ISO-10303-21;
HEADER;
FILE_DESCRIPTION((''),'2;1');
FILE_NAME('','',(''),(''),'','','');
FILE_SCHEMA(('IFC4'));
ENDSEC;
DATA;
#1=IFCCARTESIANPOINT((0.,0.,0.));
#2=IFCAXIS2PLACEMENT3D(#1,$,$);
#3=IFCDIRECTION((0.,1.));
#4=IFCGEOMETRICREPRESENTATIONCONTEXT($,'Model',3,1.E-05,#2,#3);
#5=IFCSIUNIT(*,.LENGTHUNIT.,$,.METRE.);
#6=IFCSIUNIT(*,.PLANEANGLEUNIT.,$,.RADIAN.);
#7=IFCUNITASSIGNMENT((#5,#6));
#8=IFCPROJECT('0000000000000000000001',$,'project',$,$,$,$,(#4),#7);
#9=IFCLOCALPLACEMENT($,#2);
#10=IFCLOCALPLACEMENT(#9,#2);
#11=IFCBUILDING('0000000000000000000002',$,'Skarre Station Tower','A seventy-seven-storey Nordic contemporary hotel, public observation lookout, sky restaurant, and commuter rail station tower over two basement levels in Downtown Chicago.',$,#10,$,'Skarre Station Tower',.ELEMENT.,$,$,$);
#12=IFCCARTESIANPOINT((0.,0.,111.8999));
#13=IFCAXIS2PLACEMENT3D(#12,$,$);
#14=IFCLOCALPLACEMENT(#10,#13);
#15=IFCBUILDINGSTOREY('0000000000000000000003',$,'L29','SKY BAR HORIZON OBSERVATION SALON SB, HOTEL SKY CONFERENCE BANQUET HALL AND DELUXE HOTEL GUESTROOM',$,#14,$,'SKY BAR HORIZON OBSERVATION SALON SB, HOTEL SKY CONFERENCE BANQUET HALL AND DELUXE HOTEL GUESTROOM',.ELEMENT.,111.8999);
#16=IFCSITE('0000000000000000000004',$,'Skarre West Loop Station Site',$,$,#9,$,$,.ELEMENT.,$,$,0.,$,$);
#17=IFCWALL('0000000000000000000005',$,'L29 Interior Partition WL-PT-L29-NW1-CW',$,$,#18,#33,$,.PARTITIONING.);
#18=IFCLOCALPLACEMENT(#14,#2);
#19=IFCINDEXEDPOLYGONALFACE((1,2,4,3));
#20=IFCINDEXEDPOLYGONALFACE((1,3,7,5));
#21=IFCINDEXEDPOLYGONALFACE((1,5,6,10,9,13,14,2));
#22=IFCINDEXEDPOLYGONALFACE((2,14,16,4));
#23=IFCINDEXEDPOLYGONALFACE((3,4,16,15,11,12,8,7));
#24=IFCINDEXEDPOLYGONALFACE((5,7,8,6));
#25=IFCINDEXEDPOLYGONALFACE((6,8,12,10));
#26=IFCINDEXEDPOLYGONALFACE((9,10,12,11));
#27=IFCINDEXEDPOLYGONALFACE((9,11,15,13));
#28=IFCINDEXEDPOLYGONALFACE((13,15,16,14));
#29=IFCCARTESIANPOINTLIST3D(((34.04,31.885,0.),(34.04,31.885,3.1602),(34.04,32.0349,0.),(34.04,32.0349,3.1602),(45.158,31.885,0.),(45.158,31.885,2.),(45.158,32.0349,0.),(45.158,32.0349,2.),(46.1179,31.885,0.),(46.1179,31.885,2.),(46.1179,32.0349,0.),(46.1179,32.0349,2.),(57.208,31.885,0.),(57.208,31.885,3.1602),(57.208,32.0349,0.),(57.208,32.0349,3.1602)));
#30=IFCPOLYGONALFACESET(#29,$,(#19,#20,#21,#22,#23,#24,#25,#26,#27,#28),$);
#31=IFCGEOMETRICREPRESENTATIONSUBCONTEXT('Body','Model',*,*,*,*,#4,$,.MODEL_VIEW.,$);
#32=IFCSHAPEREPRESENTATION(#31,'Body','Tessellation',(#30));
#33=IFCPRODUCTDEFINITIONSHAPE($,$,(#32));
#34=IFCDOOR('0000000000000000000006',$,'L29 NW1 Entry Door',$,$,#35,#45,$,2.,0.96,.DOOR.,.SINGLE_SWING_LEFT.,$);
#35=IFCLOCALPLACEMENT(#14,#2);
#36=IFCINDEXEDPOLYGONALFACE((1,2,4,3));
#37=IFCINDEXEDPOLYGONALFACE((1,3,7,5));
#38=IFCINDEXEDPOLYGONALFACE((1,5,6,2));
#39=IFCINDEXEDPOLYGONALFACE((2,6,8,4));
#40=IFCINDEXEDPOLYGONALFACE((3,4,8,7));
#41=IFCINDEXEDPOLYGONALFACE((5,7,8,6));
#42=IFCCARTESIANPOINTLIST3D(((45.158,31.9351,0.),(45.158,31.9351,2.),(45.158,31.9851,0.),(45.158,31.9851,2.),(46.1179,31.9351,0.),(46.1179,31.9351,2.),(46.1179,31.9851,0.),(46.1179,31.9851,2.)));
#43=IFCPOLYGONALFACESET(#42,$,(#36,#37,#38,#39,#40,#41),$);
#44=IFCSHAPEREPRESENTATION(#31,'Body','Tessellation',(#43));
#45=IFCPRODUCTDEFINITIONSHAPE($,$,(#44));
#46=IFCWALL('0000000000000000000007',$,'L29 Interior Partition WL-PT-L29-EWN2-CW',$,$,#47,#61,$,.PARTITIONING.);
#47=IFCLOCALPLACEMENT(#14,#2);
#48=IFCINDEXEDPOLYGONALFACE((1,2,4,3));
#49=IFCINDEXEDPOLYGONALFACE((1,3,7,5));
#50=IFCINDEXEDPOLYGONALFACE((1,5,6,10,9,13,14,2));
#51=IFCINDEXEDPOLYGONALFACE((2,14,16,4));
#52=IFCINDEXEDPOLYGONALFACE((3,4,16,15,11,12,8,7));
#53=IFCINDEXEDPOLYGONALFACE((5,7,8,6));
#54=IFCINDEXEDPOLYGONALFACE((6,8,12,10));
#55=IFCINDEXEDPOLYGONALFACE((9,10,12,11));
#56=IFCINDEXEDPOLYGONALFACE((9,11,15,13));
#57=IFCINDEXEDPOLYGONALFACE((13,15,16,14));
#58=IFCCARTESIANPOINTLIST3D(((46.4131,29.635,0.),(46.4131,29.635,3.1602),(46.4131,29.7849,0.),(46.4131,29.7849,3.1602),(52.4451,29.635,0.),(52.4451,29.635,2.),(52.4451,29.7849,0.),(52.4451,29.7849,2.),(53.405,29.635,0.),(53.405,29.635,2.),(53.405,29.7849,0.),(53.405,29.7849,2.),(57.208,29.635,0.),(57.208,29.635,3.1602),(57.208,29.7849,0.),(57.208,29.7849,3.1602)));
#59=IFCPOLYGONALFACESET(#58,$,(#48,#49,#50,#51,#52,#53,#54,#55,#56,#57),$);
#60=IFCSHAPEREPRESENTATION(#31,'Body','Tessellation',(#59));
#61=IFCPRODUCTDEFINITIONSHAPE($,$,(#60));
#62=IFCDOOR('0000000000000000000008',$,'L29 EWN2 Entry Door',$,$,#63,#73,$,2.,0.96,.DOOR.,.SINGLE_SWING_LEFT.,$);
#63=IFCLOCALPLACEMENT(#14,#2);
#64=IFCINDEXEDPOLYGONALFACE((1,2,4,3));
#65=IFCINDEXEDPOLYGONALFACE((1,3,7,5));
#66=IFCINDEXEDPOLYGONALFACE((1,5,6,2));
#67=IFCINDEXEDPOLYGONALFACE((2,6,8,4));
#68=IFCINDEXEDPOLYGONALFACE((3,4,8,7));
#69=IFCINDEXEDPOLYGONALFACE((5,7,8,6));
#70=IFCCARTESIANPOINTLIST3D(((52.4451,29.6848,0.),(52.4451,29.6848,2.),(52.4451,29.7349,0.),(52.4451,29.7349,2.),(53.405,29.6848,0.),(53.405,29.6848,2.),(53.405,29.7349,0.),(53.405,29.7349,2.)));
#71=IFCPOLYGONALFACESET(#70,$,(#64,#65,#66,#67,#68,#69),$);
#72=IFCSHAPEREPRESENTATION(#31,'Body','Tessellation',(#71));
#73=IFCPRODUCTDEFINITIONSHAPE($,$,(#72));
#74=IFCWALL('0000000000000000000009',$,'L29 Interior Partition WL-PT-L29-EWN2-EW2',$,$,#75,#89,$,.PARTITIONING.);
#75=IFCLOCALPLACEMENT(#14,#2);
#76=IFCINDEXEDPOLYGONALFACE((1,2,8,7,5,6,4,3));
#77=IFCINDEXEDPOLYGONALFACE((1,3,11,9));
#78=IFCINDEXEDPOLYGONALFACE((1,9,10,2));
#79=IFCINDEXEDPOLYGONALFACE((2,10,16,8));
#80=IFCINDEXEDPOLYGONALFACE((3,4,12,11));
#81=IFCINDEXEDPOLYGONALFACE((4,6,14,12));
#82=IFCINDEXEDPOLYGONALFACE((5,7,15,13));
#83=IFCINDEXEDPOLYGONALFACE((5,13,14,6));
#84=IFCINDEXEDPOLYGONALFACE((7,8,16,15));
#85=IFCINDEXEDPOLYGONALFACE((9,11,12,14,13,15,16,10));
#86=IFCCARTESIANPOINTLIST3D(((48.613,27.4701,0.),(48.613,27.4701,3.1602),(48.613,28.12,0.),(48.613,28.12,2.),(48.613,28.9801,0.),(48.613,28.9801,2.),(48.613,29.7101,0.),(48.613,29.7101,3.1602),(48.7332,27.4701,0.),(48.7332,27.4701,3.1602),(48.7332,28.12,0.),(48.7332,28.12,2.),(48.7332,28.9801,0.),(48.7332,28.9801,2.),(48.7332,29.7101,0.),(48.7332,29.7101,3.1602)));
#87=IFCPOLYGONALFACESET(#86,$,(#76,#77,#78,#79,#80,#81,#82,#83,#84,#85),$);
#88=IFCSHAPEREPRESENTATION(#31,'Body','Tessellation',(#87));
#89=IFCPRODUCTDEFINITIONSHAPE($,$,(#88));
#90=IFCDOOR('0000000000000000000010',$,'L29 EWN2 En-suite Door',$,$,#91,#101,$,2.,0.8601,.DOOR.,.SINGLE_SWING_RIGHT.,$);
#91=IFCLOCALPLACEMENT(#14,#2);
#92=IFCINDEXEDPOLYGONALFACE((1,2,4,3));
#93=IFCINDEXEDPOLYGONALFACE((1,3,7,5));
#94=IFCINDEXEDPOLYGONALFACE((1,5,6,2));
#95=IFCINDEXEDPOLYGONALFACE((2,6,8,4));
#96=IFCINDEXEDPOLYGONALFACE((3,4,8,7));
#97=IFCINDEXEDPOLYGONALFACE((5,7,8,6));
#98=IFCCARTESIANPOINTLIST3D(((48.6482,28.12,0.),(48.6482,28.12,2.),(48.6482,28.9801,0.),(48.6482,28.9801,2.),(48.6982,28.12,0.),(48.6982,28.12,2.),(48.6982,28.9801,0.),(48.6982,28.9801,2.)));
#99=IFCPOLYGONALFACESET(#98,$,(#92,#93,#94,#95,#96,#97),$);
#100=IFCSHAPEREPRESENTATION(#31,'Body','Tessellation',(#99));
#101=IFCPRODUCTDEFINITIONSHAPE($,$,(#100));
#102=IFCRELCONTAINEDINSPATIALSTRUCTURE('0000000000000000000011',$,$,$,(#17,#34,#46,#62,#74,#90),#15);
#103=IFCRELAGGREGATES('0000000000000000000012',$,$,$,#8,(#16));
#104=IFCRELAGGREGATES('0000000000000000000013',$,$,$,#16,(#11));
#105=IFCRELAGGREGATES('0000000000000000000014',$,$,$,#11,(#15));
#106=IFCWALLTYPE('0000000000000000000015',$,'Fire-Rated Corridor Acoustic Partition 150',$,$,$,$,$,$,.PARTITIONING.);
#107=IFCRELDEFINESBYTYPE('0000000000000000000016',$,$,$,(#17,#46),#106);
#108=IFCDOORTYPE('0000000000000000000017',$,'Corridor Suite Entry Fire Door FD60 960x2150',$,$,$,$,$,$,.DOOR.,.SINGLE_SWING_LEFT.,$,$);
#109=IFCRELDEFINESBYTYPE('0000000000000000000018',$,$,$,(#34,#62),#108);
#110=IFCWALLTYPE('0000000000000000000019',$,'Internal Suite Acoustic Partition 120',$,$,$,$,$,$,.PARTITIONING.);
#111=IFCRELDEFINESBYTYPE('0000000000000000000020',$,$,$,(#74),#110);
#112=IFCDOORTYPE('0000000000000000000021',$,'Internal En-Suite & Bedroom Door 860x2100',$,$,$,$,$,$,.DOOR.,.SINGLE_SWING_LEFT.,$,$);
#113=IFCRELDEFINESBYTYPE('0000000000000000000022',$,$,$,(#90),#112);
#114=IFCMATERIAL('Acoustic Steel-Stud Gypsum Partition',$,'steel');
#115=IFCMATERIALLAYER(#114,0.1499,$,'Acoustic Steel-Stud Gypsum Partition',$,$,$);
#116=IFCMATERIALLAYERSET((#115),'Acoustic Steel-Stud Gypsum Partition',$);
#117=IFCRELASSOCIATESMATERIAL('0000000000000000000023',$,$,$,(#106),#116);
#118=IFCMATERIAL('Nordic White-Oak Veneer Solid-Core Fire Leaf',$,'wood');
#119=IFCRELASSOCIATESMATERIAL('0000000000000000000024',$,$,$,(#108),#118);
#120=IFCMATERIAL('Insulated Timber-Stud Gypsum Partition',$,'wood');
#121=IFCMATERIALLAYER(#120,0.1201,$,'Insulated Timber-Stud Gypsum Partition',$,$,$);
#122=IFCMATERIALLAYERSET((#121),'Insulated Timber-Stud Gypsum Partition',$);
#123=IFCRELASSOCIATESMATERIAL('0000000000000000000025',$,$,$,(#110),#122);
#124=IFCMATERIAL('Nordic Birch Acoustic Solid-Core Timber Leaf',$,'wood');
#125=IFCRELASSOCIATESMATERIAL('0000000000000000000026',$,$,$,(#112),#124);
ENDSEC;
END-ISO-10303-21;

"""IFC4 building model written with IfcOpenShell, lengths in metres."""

from ifc_helpers import new_model, si_unit, direction, frame, frame_2d, origin, place, context, subcontext, project, spatial, rectangle, extrude, material, layer, layer_set, type_object, element, fill, save


model = new_model("IFC4")

# Units and contexts
model_context = context("Model", 3, precision=1e-05, world=origin(), true_north=direction((0.0, 1.0)))
body_context = subcontext(model_context, "Body", "Model", "MODEL_VIEW")
ifc_project = project(units=[si_unit("LENGTHUNIT", "METRE"), si_unit("PLANEANGLEUNIT", "RADIAN")], contexts=[model_context])

# Site, building, storey
site_placement = place(None, origin())
site = spatial("IfcSite", under=ifc_project, at=site_placement, Name="Skarre West Loop Station Site", CompositionType="ELEMENT", RefElevation=0.0)
building_placement = place(site_placement, origin())
building = spatial("IfcBuilding", under=site, at=building_placement, Name="Skarre Station Tower", Description="A seventy-seven-storey Nordic contemporary hotel, public observation lookout, sky restaurant, and commuter rail station tower over two basement levels in Downtown Chicago.", LongName="Skarre Station Tower", CompositionType="ELEMENT")
storey_placement = place(building_placement, frame((0.0, 0.0, 111.8999)))
storey = spatial("IfcBuildingStorey", under=building, at=storey_placement, Name="L29", Description="SKY BAR HORIZON OBSERVATION SALON SB, HOTEL SKY CONFERENCE BANQUET HALL AND DELUXE HOTEL GUESTROOM", LongName="SKY BAR HORIZON OBSERVATION SALON SB, HOTEL SKY CONFERENCE BANQUET HALL AND DELUXE HOTEL GUESTROOM", CompositionType="ELEMENT", Elevation=111.8999)

# Walls, openings, doors
ifc_material_1 = material(Name="Acoustic Steel-Stud Gypsum Partition", Category="steel")
ifc_layer_1 = layer(ifc_material_1, 0.1499, Name="Acoustic Steel-Stud Gypsum Partition")
ifc_layer_set_1 = layer_set([ifc_layer_1], Name="Acoustic Steel-Stud Gypsum Partition")
wall_type_1 = type_object("IfcWallType", Name="Fire-Rated Corridor Acoustic Partition 150", PredefinedType="PARTITIONING", material=ifc_layer_set_1)
wall_1_placement = place(storey_placement, frame((57.208, 31.96, 0.0), z_axis=(0.0, 0.0, 1.0), x_axis=(-1.0, 0.0, 0.0)))
wall_1 = element("IfcWall", 1, at=wall_1_placement, inside=storey, type_object=wall_type_1, Name="L29 Interior Partition WL-PT-L29-NW1-CW", PredefinedType="PARTITIONING", context=body_context, shape_type="SweptSolid", body=[
    extrude(rectangle(XDim=23.168, YDim=0.1499, at=frame_2d((11.584, 0.0))), origin(), (0.0, 0.0, 1.0), 3.1602),
])
opening_1_placement = place(wall_1_placement, frame((11.0901, 0.0, 0.0)))
opening_1 = element("IfcOpeningElement", 2, at=opening_1_placement, cuts=wall_1, PredefinedType="OPENING", context=body_context, shape_type="SweptSolid", body=[
    extrude(rectangle(XDim=0.96, YDim=2.0, at=frame_2d((0.48, 1.0))), frame((0.0, 0.085, 0.0), z_axis=(0.0, -1.0, 0.0), x_axis=(1.0, 0.0, 0.0)), (0.0, 0.0, 1.0), 0.1699),
])
ifc_material_2 = material(Name="Nordic White-Oak Veneer Solid-Core Fire Leaf", Category="wood")
door_type_1 = type_object("IfcDoorType", Name="Corridor Suite Entry Fire Door FD60 960x2150", OperationType="SINGLE_SWING_LEFT", PredefinedType="DOOR", material=ifc_material_2)
door_1_placement = place(opening_1_placement, origin())
door_1 = element("IfcDoor", 3, at=door_1_placement, inside=storey, type_object=door_type_1, Name="L29 NW1 Entry Door", OperationType="SINGLE_SWING_LEFT", OverallHeight=2.0, OverallWidth=0.96, PredefinedType="DOOR", context=body_context, shape_type="SweptSolid", body=[
    extrude(rectangle(XDim=0.96, YDim=2.0, at=frame_2d((0.48, 1.0))), frame((0.0, 0.0249, 0.0), z_axis=(0.0, -1.0, 0.0), x_axis=(1.0, 0.0, 0.0)), (0.0, 0.0, 1.0), 0.05),
])
fill(opening_1, door_1)
wall_2_placement = place(storey_placement, frame((46.4131, 29.71, 0.0), z_axis=(0.0, 0.0, 1.0), x_axis=(1.0, 0.0, 0.0)))
wall_2 = element("IfcWall", 4, at=wall_2_placement, inside=storey, type_object=wall_type_1, Name="L29 Interior Partition WL-PT-L29-EWN2-CW", PredefinedType="PARTITIONING", context=body_context, shape_type="SweptSolid", body=[
    extrude(rectangle(XDim=10.7949, YDim=0.1499, at=frame_2d((5.3975, 0.0))), origin(), (0.0, 0.0, 1.0), 3.1602),
])
opening_2_placement = place(wall_2_placement, frame((6.032, 0.0, 0.0)))
opening_2 = element("IfcOpeningElement", 5, at=opening_2_placement, cuts=wall_2, PredefinedType="OPENING", context=body_context, shape_type="SweptSolid", body=[
    extrude(rectangle(XDim=0.96, YDim=2.0, at=frame_2d((0.48, 1.0))), frame((0.0, 0.085, 0.0), z_axis=(0.0, -1.0, 0.0), x_axis=(1.0, 0.0, 0.0)), (0.0, 0.0, 1.0), 0.1699),
])
door_2_placement = place(opening_2_placement, origin())
door_2 = element("IfcDoor", 6, at=door_2_placement, inside=storey, type_object=door_type_1, Name="L29 EWN2 Entry Door", OperationType="SINGLE_SWING_LEFT", OverallHeight=2.0, OverallWidth=0.96, PredefinedType="DOOR", context=body_context, shape_type="SweptSolid", body=[
    extrude(rectangle(XDim=0.96, YDim=2.0, at=frame_2d((0.48, 1.0))), frame((0.0, 0.0249, 0.0), z_axis=(0.0, -1.0, 0.0), x_axis=(1.0, 0.0, 0.0)), (0.0, 0.0, 1.0), 0.05),
])
fill(opening_2, door_2)
ifc_material_3 = material(Name="Insulated Timber-Stud Gypsum Partition", Category="wood")
ifc_layer_2 = layer(ifc_material_3, 0.1201, Name="Insulated Timber-Stud Gypsum Partition")
ifc_layer_set_2 = layer_set([ifc_layer_2], Name="Insulated Timber-Stud Gypsum Partition")
wall_type_2 = type_object("IfcWallType", Name="Internal Suite Acoustic Partition 120", PredefinedType="PARTITIONING", material=ifc_layer_set_2)
wall_3_placement = place(storey_placement, frame((48.6731, 27.47, 0.0), z_axis=(0.0, 0.0, 1.0), x_axis=(0.0, 1.0, 0.0)))
wall_3 = element("IfcWall", 7, at=wall_3_placement, inside=storey, type_object=wall_type_2, Name="L29 Interior Partition WL-PT-L29-EWN2-EW2", PredefinedType="PARTITIONING", context=body_context, shape_type="SweptSolid", body=[
    extrude(rectangle(XDim=2.24, YDim=0.1201, at=frame_2d((1.1201, 0.0))), origin(), (0.0, 0.0, 1.0), 3.1602),
])
opening_3_placement = place(wall_3_placement, frame((0.6499, 0.0, 0.0)))
opening_3 = element("IfcOpeningElement", 8, at=opening_3_placement, cuts=wall_3, PredefinedType="OPENING", context=body_context, shape_type="SweptSolid", body=[
    extrude(rectangle(XDim=0.8601, YDim=2.0, at=frame_2d((0.4302, 1.0))), frame((0.0, 0.0701, 0.0), z_axis=(0.0, -1.0, 0.0), x_axis=(1.0, 0.0, 0.0)), (0.0, 0.0, 1.0), 0.1401),
])
ifc_material_4 = material(Name="Nordic Birch Acoustic Solid-Core Timber Leaf", Category="wood")
door_type_2 = type_object("IfcDoorType", Name="Internal En-Suite & Bedroom Door 860x2100", OperationType="SINGLE_SWING_LEFT", PredefinedType="DOOR", material=ifc_material_4)
door_3_placement = place(opening_3_placement, origin())
door_3 = element("IfcDoor", 9, at=door_3_placement, inside=storey, type_object=door_type_2, Name="L29 EWN2 En-suite Door", OperationType="SINGLE_SWING_RIGHT", OverallHeight=2.0, OverallWidth=0.8601, PredefinedType="DOOR", context=body_context, shape_type="SweptSolid", body=[
    extrude(rectangle(XDim=0.8601, YDim=2.0, at=frame_2d((0.4302, 1.0))), frame((0.0, 0.0249, 0.0), z_axis=(0.0, -1.0, 0.0), x_axis=(1.0, 0.0, 0.0)), (0.0, 0.0, 1.0), 0.05),
])
fill(opening_3, door_3)

save(model, "model.ifc")
